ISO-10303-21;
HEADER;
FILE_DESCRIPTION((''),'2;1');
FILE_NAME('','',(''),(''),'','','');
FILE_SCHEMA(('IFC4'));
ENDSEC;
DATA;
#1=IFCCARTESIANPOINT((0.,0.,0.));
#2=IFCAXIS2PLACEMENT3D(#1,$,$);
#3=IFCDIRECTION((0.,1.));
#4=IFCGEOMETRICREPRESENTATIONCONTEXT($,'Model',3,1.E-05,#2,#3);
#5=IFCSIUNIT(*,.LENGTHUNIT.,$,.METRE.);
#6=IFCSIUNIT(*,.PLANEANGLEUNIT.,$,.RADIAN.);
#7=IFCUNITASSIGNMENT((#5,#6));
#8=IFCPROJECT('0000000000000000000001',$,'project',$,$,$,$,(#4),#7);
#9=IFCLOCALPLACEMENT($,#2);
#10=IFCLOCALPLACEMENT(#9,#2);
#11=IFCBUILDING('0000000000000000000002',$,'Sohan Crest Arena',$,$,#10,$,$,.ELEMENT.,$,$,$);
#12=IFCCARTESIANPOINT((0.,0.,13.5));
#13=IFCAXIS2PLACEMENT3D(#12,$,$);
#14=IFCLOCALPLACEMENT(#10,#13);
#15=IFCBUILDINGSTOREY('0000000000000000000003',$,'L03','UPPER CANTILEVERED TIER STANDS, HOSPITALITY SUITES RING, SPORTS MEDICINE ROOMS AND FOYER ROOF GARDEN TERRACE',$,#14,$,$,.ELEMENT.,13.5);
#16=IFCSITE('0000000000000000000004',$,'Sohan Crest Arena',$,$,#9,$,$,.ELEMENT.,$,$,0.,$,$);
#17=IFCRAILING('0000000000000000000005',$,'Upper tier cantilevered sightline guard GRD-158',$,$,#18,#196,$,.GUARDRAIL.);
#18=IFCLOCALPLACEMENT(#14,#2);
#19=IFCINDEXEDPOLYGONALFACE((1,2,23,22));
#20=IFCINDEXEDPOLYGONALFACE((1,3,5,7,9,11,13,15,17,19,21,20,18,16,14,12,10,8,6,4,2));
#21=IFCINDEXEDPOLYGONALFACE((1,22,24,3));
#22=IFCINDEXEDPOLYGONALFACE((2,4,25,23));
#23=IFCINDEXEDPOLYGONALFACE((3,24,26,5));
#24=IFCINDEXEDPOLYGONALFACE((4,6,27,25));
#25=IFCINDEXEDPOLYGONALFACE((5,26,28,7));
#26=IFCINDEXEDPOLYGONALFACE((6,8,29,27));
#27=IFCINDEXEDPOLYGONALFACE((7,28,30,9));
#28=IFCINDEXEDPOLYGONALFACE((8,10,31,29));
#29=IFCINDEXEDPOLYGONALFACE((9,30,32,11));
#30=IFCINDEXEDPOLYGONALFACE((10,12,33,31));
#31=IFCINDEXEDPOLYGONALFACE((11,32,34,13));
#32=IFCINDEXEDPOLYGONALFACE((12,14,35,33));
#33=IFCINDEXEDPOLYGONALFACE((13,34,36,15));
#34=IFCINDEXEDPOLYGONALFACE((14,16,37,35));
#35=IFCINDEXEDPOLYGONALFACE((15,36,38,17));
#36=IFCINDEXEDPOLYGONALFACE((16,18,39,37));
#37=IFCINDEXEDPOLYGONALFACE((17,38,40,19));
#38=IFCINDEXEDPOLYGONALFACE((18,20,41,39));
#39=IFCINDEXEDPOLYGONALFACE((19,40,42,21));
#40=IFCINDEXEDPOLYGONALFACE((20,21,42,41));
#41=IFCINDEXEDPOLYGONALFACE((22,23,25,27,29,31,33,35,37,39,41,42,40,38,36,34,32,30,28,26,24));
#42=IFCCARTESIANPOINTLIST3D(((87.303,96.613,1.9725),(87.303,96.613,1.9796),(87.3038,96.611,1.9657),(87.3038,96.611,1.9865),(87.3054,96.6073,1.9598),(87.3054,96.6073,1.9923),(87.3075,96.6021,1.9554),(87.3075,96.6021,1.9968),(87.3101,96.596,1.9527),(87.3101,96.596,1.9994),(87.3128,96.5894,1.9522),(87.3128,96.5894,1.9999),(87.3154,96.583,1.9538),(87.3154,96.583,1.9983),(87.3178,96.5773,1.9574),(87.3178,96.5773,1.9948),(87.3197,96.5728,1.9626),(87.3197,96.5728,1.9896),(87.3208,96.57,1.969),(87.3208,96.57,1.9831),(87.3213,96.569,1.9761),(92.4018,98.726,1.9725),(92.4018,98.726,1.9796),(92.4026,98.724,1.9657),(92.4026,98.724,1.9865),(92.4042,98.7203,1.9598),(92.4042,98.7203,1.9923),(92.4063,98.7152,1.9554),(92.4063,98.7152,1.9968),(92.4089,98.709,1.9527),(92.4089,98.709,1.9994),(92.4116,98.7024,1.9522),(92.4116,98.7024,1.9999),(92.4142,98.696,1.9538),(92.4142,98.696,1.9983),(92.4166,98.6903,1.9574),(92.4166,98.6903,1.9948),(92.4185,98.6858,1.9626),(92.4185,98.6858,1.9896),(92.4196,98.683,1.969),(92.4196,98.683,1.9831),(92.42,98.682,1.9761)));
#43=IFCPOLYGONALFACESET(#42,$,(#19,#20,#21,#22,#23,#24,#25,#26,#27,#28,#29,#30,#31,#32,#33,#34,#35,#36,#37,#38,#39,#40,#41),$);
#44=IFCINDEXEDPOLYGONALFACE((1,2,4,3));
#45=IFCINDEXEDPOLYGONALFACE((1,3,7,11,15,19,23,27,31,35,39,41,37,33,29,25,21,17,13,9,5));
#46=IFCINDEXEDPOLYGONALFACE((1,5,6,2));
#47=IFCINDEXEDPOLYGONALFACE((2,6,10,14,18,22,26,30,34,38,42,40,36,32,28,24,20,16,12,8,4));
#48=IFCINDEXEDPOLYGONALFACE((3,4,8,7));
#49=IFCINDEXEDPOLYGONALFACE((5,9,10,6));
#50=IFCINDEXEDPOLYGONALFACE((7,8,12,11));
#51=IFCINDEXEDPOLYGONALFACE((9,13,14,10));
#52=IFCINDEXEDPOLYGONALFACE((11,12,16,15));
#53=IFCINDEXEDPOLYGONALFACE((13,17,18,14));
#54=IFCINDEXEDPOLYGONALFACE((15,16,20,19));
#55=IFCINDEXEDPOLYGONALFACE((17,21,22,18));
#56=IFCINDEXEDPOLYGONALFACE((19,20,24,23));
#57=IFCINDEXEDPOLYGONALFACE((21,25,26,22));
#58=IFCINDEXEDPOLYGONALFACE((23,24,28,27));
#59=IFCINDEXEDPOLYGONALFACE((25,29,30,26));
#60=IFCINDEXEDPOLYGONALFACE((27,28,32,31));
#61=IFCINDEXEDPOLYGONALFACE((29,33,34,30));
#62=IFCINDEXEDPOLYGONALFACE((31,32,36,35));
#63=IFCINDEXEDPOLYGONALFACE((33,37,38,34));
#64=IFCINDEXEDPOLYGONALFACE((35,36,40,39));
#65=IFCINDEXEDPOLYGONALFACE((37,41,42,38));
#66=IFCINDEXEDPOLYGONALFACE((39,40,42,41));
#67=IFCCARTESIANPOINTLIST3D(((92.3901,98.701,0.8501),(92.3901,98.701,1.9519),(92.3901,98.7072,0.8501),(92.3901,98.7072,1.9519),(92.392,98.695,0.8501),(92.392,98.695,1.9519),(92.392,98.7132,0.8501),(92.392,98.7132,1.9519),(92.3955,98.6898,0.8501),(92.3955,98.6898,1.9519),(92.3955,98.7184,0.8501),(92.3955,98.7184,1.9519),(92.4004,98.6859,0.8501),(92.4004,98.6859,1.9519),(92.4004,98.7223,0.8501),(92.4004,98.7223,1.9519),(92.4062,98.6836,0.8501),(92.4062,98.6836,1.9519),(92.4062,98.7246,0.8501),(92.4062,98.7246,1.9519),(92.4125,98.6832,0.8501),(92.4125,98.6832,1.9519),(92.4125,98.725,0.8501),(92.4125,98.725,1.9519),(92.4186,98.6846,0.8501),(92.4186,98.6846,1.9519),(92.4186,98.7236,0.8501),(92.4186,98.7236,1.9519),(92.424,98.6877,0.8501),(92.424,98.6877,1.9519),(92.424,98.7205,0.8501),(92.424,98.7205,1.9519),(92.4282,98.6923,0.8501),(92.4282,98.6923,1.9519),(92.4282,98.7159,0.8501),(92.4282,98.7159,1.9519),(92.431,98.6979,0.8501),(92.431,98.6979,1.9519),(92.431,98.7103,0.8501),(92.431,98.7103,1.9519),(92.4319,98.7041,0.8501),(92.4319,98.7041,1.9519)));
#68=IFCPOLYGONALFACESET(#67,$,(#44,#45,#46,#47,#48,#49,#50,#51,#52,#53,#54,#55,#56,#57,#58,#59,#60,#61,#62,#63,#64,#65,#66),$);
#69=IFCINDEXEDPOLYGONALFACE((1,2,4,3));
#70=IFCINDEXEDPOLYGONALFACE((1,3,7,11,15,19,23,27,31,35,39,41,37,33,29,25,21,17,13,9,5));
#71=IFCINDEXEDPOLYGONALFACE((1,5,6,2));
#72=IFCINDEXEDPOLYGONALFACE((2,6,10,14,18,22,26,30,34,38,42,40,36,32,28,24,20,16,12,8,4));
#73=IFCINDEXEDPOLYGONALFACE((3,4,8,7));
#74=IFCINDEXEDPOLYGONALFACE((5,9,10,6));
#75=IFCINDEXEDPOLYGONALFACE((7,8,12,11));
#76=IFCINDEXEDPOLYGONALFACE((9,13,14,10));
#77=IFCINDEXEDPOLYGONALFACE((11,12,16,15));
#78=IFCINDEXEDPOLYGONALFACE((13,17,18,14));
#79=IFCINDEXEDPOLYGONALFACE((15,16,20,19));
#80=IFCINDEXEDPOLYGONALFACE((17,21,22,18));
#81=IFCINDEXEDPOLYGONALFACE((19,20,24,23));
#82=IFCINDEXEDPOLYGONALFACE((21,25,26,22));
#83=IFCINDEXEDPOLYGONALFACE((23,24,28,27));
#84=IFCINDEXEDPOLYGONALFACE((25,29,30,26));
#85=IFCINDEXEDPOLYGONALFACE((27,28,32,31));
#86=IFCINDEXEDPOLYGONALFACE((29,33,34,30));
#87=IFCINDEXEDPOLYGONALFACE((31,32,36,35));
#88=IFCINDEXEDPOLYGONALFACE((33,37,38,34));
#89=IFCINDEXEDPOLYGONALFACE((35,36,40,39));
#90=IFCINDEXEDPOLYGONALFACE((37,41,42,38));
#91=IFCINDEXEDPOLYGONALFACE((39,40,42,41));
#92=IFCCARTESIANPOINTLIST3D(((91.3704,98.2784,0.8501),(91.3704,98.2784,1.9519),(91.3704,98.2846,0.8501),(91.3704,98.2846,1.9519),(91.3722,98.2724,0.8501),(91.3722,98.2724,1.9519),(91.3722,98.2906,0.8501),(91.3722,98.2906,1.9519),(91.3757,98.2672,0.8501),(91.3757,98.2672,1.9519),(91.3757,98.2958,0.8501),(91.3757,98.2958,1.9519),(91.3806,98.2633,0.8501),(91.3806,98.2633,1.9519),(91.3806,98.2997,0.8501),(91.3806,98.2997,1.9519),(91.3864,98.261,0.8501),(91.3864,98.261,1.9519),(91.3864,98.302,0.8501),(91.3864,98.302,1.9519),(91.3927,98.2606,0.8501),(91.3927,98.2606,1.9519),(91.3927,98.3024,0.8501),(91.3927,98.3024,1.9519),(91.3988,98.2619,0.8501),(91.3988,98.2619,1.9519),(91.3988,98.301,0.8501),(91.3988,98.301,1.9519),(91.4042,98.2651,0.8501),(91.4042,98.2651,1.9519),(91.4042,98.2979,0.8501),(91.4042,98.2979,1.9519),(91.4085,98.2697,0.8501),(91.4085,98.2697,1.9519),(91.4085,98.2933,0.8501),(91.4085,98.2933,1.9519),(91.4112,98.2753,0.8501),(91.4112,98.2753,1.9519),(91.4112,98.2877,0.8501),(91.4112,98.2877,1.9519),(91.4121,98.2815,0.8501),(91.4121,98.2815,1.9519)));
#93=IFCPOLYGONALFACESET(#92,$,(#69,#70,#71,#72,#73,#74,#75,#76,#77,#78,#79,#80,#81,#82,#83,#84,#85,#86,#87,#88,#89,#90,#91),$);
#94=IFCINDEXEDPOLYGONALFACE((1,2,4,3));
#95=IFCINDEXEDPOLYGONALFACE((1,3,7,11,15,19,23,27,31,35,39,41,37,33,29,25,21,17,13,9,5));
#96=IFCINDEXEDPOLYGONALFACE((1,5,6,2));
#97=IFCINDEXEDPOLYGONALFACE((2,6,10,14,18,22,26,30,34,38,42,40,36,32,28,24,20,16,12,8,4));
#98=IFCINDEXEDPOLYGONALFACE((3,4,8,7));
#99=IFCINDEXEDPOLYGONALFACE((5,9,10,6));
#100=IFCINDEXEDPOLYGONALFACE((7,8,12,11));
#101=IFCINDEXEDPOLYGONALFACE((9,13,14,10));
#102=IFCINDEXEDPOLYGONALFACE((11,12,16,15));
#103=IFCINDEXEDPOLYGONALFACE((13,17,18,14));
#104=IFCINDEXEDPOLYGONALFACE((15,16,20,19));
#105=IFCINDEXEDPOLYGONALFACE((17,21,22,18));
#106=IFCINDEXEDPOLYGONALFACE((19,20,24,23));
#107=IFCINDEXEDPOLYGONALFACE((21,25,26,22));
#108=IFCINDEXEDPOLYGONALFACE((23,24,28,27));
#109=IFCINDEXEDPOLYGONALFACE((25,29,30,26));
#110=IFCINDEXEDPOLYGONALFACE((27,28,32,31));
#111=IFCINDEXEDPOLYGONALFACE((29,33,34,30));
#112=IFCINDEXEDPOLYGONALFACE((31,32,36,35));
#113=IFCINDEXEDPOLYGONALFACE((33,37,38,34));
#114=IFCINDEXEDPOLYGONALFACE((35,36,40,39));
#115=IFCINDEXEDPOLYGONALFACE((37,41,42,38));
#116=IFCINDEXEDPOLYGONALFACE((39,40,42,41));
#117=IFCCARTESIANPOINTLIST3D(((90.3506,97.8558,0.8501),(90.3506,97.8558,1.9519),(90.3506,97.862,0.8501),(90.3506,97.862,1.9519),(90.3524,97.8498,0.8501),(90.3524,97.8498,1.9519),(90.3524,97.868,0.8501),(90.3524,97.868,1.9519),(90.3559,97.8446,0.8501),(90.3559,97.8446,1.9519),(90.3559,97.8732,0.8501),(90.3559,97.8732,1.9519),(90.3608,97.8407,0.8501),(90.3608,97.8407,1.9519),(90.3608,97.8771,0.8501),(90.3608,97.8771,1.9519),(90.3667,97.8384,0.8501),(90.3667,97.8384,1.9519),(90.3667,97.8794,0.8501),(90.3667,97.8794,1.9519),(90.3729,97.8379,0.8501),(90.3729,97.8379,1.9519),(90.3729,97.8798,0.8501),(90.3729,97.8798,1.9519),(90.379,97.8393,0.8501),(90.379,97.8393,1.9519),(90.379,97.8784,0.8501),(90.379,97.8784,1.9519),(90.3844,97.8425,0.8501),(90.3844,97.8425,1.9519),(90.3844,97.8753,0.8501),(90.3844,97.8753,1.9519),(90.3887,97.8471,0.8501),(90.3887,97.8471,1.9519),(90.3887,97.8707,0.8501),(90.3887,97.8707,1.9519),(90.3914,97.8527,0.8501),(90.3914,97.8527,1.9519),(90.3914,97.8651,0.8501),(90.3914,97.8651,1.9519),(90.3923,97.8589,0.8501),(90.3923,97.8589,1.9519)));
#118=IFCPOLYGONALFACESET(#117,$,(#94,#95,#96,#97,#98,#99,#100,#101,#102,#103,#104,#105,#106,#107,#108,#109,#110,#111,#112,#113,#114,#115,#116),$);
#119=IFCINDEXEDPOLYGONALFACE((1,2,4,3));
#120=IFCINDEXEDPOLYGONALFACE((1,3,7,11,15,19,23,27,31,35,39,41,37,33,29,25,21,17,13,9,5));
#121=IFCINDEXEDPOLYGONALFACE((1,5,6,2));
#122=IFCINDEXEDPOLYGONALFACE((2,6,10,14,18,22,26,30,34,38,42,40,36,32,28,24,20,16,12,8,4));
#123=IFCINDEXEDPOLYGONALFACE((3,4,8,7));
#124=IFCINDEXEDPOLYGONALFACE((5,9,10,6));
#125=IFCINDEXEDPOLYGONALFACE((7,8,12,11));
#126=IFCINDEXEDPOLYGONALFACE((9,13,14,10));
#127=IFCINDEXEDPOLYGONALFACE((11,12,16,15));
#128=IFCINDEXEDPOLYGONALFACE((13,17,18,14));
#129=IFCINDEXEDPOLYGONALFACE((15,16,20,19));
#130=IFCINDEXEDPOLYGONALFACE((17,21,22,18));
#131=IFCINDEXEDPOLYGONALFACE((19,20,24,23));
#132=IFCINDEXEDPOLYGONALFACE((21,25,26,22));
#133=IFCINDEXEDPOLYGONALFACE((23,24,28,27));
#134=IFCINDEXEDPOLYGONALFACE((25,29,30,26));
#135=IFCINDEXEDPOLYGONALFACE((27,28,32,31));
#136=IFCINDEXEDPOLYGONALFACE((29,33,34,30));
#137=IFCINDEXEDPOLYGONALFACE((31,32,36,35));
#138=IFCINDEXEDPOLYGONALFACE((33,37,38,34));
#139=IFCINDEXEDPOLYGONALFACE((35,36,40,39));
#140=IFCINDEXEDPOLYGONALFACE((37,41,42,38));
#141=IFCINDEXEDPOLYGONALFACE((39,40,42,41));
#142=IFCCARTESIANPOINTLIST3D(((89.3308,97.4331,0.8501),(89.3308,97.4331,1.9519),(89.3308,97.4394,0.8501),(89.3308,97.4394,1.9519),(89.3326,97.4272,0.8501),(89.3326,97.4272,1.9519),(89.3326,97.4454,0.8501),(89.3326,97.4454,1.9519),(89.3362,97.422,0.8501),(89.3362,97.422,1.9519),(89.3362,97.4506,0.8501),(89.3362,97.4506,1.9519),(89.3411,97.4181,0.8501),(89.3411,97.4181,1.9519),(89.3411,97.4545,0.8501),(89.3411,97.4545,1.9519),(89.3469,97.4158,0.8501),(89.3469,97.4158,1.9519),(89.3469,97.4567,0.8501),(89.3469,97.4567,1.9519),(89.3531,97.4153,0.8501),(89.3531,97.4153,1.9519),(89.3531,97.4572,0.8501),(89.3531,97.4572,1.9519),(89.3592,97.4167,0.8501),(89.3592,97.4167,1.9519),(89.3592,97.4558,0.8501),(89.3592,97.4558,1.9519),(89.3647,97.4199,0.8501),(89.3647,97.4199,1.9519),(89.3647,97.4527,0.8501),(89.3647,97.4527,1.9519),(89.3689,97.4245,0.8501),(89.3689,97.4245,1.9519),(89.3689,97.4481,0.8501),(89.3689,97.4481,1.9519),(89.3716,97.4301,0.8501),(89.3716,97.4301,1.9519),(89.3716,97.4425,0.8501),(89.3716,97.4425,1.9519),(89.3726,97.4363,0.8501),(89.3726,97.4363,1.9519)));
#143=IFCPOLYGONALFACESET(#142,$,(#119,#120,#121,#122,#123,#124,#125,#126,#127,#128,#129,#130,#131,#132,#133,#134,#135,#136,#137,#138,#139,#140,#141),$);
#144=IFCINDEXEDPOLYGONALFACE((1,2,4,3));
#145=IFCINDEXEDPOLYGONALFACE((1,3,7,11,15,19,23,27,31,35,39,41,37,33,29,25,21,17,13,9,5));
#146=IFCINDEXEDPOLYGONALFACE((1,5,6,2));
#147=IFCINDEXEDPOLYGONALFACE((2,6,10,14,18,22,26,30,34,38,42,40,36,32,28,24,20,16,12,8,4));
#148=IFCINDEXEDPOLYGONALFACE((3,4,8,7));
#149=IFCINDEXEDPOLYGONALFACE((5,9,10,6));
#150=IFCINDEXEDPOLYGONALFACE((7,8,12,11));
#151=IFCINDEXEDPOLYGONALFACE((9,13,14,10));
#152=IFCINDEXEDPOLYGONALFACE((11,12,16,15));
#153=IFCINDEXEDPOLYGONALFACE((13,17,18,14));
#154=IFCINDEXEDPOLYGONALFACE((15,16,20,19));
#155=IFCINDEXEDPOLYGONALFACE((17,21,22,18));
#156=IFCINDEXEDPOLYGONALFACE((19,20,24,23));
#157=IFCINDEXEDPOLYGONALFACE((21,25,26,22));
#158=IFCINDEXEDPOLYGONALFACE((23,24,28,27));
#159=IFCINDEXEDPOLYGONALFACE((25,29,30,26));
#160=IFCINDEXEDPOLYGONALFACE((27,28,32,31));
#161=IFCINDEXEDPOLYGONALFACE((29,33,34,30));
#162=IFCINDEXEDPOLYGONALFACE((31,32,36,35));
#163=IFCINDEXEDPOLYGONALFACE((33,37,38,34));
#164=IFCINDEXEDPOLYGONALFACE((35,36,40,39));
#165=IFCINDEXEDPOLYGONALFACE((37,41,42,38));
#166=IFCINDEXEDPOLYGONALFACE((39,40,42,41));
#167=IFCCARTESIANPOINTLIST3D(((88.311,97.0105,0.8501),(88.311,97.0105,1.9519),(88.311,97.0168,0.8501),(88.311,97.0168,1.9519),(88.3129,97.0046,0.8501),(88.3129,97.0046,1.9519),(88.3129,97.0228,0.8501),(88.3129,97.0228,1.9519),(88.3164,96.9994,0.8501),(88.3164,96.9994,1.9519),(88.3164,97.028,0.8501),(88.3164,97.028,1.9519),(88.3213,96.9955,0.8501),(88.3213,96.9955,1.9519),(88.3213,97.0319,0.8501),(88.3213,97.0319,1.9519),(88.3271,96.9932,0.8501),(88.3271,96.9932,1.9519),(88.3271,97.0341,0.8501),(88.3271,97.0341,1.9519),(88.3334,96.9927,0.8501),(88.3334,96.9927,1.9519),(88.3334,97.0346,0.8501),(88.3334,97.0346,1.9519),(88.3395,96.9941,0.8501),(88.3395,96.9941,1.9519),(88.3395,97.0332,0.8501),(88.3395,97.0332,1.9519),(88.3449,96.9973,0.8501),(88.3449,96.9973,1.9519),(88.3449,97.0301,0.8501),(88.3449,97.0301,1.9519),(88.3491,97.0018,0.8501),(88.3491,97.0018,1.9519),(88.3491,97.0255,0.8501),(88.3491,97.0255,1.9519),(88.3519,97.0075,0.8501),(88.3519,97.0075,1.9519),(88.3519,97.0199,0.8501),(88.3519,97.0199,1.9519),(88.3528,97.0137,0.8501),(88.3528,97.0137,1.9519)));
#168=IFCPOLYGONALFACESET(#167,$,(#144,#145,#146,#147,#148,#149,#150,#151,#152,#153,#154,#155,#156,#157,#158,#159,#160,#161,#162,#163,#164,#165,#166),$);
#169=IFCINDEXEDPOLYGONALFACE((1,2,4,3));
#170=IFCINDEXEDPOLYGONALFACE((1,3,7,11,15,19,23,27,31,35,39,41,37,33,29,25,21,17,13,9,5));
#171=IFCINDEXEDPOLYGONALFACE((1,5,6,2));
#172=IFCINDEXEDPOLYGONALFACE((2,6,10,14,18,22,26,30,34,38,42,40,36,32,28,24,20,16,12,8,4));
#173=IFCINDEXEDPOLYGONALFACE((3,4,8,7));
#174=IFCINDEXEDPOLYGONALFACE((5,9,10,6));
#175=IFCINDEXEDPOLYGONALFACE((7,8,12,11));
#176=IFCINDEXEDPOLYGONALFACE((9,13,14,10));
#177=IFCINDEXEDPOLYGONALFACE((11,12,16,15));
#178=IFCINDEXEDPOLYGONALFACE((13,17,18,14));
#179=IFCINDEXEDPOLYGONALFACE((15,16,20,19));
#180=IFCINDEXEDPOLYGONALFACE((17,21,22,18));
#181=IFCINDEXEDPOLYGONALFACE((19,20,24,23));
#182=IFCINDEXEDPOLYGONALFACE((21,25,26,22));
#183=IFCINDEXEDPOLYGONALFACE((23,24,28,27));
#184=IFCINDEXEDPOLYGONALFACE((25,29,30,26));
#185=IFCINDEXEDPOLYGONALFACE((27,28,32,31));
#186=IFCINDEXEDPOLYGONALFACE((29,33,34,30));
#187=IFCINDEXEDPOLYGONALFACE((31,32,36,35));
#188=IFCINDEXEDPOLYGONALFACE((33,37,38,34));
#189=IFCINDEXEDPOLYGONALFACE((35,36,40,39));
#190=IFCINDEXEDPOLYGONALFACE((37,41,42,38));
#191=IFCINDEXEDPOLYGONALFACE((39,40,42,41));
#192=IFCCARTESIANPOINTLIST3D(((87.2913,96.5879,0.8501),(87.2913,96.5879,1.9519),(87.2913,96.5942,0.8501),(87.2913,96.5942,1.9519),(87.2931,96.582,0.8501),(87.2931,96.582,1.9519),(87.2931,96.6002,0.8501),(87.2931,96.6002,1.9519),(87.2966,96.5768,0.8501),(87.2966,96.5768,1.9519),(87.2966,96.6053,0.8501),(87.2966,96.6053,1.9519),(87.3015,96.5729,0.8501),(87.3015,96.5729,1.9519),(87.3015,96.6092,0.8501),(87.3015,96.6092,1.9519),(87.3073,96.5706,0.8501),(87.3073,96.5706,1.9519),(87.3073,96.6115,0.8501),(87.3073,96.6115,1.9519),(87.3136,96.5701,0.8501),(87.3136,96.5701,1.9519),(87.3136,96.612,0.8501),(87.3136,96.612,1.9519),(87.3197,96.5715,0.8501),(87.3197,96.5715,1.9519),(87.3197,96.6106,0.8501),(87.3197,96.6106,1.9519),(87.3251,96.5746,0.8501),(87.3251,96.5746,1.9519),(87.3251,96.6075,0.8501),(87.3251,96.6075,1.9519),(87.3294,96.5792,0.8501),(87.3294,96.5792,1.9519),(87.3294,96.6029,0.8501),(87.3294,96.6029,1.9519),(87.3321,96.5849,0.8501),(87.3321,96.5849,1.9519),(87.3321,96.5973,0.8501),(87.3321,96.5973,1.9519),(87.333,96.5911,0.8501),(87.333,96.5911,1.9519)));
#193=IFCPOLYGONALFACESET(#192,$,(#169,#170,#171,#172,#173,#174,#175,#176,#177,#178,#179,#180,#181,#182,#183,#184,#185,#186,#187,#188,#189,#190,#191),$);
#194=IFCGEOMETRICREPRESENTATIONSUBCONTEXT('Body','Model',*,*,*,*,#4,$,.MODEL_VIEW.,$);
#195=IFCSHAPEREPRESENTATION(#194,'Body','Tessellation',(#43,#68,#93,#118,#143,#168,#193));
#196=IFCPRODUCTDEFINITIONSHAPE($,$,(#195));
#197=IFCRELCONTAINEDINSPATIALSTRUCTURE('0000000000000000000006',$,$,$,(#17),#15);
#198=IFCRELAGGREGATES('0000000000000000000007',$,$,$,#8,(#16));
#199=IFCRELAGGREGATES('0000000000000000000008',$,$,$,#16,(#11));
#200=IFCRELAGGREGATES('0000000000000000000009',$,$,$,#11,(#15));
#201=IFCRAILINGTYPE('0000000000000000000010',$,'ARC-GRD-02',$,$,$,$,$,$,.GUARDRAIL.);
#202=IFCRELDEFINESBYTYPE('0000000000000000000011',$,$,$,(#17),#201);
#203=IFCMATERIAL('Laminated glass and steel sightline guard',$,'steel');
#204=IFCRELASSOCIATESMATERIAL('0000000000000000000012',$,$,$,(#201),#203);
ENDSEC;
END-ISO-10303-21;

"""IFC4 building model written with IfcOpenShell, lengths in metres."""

from ifc_helpers import new_model, si_unit, direction, frame, origin, origin_2d, place, context, subcontext, project, spatial, circle, extrude, material, type_object, element, save


model = new_model("IFC4")

# Units and contexts
model_context = context("Model", 3, precision=1e-05, world=origin(), true_north=direction((0.0, 1.0)))
body_context = subcontext(model_context, "Body", "Model", "MODEL_VIEW")
ifc_project = project(units=[si_unit("LENGTHUNIT", "METRE"), si_unit("PLANEANGLEUNIT", "RADIAN")], contexts=[model_context])

# Site, building, storey
site_placement = place(None, origin())
site = spatial("IfcSite", under=ifc_project, at=site_placement, Name="Sohan Crest Arena", CompositionType="ELEMENT", RefElevation=0.0)
building_placement = place(site_placement, origin())
building = spatial("IfcBuilding", under=site, at=building_placement, Name="Sohan Crest Arena", CompositionType="ELEMENT")
storey_placement = place(building_placement, frame((0.0, 0.0, 13.5)))
storey = spatial("IfcBuildingStorey", under=building, at=storey_placement, Name="L03", Description="UPPER CANTILEVERED TIER STANDS, HOSPITALITY SUITES RING, SPORTS MEDICINE ROOMS AND FOYER ROOF GARDEN TERRACE", CompositionType="ELEMENT", Elevation=13.5)

# Railing
ifc_material_1 = material(Name="Laminated glass and steel sightline guard", Category="steel")
railing_type = type_object("IfcRailingType", Name="ARC-GRD-02", PredefinedType="GUARDRAIL", material=ifc_material_1)
railing_1_placement = place(storey_placement, frame((92.4109, 98.7041, 0.8501)))
element("IfcRailing", 1, at=railing_1_placement, inside=storey, type_object=railing_type, Name="Upper tier cantilevered sightline guard GRD-158", PredefinedType="GUARDRAIL", context=body_context, shape_type="SweptSolid", body=[
    extrude(circle(Radius=0.0239, at=origin_2d()), frame((0.0, 0.0, 1.126), z_axis=(-0.923815, -0.38284, 0.0), x_axis=(0.38284, -0.923815, 0.0)), (0.0, 0.0, 1.0), 5.5193),
    extrude(circle(Radius=0.021, at=origin_2d()), origin(), (0.0, 0.0, 1.0), 1.1018),
    extrude(circle(Radius=0.021, at=origin_2d()), frame((-1.0198, -0.4226, 0.0)), (0.0, 0.0, 1.0), 1.1018),
    extrude(circle(Radius=0.021, at=origin_2d()), frame((-2.0396, -0.8452, 0.0)), (0.0, 0.0, 1.0), 1.1018),
    extrude(circle(Radius=0.021, at=origin_2d()), frame((-3.0593, -1.2678, 0.0)), (0.0, 0.0, 1.0), 1.1018),
    extrude(circle(Radius=0.021, at=origin_2d()), frame((-4.0791, -1.6904, 0.0)), (0.0, 0.0, 1.0), 1.1018),
    extrude(circle(Radius=0.021, at=origin_2d()), frame((-5.0989, -2.113, 0.0)), (0.0, 0.0, 1.0), 1.1018),
])

save(model, "model.ifc")
